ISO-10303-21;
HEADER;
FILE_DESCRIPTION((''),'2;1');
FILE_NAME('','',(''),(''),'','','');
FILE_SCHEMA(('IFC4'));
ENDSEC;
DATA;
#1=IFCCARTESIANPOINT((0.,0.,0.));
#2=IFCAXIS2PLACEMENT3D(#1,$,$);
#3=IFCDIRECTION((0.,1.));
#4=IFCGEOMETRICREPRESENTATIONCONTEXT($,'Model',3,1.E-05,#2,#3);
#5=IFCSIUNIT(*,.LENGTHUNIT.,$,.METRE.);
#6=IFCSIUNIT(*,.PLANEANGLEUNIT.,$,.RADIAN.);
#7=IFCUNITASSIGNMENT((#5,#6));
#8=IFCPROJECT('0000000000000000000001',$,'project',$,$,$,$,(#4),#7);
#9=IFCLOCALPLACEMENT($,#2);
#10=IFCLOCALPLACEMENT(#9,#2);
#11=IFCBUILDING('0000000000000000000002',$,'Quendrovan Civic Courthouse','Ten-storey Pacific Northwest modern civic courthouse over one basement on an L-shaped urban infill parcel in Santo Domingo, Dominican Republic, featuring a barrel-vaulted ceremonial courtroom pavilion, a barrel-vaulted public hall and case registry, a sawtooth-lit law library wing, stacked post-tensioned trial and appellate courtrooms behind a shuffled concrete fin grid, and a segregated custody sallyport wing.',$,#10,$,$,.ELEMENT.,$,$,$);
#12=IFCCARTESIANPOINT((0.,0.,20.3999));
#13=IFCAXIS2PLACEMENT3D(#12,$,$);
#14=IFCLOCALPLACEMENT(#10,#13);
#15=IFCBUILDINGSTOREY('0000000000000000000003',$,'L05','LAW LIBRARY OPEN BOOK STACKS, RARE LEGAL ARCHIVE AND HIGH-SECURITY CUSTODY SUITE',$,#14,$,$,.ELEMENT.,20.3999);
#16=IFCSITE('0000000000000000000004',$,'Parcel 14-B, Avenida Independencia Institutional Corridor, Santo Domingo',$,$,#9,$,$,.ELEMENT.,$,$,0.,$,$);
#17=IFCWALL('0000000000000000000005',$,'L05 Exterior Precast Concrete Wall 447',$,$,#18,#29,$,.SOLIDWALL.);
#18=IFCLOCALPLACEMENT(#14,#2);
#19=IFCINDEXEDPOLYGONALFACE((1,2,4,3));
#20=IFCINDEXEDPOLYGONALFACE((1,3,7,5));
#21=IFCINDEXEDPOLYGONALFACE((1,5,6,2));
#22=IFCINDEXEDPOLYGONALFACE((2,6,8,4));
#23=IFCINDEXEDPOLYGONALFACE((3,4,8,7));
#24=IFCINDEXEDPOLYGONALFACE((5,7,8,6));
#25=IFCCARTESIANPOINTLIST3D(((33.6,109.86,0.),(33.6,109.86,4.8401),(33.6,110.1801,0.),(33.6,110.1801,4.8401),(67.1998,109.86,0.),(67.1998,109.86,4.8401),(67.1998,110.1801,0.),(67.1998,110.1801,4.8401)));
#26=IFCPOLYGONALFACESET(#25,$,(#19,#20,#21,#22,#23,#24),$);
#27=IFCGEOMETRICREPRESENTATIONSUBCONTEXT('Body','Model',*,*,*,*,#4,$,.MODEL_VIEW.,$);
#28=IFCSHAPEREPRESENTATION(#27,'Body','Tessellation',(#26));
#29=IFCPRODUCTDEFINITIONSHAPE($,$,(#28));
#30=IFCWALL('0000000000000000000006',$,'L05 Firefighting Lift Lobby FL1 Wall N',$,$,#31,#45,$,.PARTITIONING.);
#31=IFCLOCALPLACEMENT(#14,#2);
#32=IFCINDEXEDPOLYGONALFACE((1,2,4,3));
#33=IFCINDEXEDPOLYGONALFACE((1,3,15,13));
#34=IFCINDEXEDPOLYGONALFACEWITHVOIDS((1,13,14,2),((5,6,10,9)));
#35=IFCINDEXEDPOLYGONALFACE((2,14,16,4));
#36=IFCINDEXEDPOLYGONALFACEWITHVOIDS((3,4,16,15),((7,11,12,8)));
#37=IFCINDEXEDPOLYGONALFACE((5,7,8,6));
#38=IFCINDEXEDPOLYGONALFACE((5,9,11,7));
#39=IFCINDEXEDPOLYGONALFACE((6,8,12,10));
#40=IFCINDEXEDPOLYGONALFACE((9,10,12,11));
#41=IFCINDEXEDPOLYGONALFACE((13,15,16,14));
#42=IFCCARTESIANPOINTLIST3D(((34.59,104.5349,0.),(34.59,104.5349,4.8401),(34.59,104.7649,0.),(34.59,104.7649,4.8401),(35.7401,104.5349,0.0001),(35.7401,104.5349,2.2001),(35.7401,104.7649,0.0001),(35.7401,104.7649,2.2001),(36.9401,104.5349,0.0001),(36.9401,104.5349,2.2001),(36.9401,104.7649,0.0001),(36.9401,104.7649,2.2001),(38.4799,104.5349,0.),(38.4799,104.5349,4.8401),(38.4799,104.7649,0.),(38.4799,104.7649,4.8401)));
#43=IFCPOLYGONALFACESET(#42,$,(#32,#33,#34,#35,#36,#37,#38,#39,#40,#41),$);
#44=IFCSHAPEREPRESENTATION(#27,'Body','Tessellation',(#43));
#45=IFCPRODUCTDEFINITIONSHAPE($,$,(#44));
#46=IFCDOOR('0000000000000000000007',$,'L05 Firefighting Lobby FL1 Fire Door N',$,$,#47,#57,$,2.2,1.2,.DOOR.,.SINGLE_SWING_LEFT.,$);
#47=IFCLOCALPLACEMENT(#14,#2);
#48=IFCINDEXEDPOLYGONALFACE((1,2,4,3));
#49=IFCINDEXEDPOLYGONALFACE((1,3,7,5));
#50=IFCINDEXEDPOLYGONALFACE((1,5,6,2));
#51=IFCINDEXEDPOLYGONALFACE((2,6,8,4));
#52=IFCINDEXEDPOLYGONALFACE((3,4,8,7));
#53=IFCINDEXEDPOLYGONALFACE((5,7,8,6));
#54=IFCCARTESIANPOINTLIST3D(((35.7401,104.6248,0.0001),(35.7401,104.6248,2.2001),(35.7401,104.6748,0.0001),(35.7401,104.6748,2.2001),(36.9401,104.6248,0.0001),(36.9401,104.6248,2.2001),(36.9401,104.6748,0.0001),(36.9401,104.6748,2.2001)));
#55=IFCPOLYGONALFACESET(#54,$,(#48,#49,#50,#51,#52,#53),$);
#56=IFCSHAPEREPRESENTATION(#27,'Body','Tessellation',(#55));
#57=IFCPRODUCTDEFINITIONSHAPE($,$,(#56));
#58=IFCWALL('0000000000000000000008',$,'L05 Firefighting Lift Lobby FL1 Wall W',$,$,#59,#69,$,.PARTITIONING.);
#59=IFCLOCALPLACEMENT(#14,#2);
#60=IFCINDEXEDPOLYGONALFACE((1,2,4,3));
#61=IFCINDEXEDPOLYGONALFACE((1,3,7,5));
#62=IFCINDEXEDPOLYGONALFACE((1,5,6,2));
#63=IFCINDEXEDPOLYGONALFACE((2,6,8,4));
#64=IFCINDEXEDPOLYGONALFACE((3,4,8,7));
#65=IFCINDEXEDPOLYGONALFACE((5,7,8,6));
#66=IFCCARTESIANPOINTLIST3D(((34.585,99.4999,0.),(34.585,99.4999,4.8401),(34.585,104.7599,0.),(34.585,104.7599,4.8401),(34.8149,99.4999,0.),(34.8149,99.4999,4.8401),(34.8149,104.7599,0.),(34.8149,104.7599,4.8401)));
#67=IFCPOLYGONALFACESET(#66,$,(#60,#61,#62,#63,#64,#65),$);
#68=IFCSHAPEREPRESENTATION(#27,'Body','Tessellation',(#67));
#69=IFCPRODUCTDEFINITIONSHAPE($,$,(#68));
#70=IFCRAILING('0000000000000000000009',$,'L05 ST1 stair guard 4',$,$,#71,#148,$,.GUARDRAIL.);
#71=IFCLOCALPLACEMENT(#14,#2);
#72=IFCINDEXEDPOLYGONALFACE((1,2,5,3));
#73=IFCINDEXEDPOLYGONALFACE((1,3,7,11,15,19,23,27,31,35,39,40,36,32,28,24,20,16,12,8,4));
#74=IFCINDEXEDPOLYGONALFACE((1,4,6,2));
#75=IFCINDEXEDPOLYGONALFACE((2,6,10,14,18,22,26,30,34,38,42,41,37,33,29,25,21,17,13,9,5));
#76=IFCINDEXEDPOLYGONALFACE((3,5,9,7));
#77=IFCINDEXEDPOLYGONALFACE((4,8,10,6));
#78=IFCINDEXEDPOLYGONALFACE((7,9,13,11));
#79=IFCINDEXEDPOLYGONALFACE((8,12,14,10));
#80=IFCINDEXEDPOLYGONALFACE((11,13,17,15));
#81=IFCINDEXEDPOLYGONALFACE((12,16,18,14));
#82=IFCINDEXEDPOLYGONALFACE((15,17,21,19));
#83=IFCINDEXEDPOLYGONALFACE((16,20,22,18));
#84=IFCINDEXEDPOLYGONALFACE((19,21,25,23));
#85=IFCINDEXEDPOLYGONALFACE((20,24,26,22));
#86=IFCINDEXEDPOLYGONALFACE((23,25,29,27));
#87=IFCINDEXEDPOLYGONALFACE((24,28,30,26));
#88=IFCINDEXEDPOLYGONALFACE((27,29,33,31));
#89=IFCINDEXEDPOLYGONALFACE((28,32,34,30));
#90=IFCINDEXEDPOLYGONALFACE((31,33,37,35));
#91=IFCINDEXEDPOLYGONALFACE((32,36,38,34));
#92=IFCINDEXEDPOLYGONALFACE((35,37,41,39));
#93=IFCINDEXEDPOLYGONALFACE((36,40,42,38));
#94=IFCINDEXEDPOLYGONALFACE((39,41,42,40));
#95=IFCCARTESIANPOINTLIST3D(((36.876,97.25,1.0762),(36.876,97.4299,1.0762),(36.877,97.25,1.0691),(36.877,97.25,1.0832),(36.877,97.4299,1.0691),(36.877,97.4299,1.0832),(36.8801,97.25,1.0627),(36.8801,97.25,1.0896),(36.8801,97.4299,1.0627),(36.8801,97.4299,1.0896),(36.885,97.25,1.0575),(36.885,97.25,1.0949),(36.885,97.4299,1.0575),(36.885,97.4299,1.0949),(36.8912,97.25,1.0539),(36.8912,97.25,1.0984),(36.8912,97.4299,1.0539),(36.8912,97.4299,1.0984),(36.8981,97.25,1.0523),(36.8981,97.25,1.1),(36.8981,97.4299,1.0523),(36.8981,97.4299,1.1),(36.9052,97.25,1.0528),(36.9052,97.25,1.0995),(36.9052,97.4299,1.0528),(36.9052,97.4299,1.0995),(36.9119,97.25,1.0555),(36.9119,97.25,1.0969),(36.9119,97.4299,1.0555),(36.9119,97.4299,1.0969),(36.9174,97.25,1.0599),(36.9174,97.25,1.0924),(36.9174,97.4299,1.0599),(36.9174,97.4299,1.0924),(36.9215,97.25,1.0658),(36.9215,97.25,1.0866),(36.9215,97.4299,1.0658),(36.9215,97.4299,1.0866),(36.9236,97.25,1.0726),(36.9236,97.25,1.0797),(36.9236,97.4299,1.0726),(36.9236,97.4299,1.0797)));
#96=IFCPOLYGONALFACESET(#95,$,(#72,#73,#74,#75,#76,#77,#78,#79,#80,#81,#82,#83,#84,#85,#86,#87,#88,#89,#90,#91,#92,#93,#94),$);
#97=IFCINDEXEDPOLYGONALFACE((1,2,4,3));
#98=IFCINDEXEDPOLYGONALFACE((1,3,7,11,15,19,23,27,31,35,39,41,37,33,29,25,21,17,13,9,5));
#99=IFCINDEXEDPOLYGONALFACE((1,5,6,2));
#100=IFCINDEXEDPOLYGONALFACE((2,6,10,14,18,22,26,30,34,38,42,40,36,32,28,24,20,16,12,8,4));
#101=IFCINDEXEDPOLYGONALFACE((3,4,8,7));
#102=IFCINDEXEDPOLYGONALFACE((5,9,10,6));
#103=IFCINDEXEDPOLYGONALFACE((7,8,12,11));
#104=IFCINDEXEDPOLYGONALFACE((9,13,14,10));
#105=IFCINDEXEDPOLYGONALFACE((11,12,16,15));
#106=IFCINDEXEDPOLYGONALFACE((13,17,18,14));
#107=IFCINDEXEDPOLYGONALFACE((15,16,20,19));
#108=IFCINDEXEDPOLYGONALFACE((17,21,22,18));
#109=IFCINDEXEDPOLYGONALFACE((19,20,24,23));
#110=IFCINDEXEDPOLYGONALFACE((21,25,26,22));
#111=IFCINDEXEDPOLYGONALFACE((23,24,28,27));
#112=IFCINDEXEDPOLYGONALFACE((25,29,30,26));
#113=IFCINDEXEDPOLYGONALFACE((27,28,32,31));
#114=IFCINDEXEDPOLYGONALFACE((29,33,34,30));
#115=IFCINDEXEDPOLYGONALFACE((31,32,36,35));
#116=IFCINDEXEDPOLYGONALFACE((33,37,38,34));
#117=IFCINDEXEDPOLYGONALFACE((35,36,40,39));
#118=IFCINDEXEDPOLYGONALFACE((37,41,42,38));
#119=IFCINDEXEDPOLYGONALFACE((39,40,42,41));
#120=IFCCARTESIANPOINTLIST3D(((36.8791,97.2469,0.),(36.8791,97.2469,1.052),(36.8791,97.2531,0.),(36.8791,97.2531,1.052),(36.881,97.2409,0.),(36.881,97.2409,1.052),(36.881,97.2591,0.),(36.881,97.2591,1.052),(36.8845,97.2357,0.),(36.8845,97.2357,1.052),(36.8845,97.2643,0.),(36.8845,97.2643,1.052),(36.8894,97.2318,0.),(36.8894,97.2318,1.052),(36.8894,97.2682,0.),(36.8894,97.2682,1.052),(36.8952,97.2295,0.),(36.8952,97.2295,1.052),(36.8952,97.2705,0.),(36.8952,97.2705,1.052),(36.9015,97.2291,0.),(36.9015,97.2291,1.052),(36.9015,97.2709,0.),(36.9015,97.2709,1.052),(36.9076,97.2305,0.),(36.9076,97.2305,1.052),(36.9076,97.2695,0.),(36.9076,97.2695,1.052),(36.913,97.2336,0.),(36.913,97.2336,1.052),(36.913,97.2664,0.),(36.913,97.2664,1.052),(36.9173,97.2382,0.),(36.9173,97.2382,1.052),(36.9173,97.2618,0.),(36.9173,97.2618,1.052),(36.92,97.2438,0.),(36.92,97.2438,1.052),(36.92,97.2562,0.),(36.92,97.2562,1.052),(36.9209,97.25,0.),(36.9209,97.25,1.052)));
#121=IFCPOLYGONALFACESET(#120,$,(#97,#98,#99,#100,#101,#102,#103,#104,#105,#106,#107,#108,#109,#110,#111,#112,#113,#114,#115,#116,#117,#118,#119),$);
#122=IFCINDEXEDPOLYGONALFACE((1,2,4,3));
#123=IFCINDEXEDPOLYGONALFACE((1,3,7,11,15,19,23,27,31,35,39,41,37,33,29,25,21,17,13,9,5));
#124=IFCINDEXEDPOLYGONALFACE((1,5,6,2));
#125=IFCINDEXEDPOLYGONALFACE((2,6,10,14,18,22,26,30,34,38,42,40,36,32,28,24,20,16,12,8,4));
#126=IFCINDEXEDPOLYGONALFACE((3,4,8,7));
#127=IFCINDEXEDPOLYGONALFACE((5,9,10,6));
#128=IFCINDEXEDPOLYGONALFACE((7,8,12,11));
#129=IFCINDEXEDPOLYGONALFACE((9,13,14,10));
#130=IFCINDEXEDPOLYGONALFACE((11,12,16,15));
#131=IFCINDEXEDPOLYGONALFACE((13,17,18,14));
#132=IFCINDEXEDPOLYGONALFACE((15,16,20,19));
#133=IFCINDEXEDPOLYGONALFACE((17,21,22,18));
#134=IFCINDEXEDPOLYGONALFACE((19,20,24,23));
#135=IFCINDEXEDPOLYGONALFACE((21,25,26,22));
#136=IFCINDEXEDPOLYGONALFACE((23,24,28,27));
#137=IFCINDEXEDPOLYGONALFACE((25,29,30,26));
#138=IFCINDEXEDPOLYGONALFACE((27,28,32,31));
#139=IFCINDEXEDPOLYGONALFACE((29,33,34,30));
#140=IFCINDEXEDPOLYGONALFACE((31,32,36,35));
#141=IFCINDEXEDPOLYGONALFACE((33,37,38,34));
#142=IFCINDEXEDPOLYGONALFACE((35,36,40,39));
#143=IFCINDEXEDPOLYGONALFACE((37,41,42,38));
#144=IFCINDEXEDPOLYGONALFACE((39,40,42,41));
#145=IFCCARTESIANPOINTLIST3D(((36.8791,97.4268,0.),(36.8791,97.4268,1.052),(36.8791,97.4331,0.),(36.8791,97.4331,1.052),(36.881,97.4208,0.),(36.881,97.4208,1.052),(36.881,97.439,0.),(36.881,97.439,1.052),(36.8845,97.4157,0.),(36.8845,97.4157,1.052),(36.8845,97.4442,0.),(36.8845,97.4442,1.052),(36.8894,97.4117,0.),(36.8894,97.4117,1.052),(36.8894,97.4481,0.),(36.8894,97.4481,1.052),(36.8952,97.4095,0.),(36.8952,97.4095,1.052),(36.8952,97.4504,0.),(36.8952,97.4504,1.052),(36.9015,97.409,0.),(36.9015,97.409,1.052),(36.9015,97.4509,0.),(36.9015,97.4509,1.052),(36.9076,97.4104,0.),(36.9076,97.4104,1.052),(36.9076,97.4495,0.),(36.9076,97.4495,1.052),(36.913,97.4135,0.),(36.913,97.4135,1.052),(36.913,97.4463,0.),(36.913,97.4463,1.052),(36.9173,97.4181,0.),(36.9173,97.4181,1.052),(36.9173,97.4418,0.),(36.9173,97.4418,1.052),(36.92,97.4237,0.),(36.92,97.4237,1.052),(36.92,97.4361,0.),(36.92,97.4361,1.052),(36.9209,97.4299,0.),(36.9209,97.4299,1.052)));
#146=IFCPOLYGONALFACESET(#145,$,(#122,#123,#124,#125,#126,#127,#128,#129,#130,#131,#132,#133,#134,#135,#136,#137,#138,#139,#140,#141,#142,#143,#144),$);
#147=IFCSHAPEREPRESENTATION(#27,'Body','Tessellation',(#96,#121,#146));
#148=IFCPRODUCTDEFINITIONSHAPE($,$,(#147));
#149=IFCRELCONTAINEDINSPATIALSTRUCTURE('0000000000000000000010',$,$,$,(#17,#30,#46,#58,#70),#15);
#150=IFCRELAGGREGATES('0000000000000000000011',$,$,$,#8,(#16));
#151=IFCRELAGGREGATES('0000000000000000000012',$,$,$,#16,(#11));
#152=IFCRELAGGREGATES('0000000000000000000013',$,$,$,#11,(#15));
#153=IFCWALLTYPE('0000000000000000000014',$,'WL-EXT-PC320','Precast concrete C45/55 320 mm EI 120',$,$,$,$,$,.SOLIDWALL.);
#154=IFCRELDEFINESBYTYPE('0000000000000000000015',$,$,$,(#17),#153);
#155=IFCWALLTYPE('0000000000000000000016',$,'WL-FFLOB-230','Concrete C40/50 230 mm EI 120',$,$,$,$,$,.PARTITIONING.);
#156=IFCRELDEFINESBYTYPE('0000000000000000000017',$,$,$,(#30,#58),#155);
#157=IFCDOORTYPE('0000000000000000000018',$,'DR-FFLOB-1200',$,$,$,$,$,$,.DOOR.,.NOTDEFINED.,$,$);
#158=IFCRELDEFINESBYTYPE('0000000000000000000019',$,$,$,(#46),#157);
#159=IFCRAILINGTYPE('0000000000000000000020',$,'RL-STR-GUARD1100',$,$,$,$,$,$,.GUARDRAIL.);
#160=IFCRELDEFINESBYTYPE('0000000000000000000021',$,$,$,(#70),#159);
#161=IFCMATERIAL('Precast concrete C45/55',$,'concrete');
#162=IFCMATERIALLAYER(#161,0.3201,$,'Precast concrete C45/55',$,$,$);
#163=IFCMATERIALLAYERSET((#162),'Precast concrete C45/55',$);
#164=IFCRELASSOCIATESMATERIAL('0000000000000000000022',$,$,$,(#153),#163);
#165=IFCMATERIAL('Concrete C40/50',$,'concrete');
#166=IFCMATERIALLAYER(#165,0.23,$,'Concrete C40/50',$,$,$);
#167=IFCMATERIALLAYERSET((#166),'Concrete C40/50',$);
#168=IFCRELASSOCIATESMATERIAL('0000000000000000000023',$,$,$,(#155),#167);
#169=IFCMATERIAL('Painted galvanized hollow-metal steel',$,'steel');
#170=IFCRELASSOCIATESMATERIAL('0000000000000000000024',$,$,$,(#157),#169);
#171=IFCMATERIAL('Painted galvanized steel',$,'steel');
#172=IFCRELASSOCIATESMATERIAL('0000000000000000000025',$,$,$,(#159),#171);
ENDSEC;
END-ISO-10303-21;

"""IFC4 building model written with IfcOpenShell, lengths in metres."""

from ifc_helpers import new_model, si_unit, direction, frame, frame_2d, origin, origin_2d, place, context, subcontext, project, spatial, rectangle, circle, extrude, material, layer, layer_set, type_object, element, fill, save


model = new_model("IFC4")

# Units and contexts
model_context = context("Model", 3, precision=1e-05, world=origin(), true_north=direction((0.0, 1.0)))
body_context = subcontext(model_context, "Body", "Model", "MODEL_VIEW")
ifc_project = project(units=[si_unit("LENGTHUNIT", "METRE"), si_unit("PLANEANGLEUNIT", "RADIAN")], contexts=[model_context])

# Site, building, storey
site_placement = place(None, origin())
site = spatial("IfcSite", under=ifc_project, at=site_placement, Name="Parcel 14-B, Avenida Independencia Institutional Corridor, Santo Domingo", CompositionType="ELEMENT", RefElevation=0.0)
building_placement = place(site_placement, origin())
building = spatial("IfcBuilding", under=site, at=building_placement, Name="Quendrovan Civic Courthouse", Description="Ten-storey Pacific Northwest modern civic courthouse over one basement on an L-shaped urban infill parcel in Santo Domingo, Dominican Republic, featuring a barrel-vaulted ceremonial courtroom pavilion, a barrel-vaulted public hall and case registry, a sawtooth-lit law library wing, stacked post-tensioned trial and appellate courtrooms behind a shuffled concrete fin grid, and a segregated custody sallyport wing.", CompositionType="ELEMENT")
storey_placement = place(building_placement, frame((0.0, 0.0, 20.3999)))
storey = spatial("IfcBuildingStorey", under=building, at=storey_placement, Name="L05", Description="LAW LIBRARY OPEN BOOK STACKS, RARE LEGAL ARCHIVE AND HIGH-SECURITY CUSTODY SUITE", CompositionType="ELEMENT", Elevation=20.3999)

# Shared definitions
ifc_material_1 = material(Name="Concrete C40/50", Category="concrete")

# Shared definitions
ifc_material_2 = material(Name="Precast concrete C45/55", Category="concrete")

# Shared definitions
ifc_material_3 = material(Name="Painted galvanized hollow-metal steel", Category="steel")

# Shared definitions
ifc_layer_1 = layer(ifc_material_2, 0.3201, Name="Precast concrete C45/55")
ifc_layer_set_1 = layer_set([ifc_layer_1], Name="Precast concrete C45/55")
wall_type_1 = type_object("IfcWallType", Name="WL-EXT-PC320", Description="Precast concrete C45/55 320 mm EI 120", PredefinedType="SOLIDWALL", material=ifc_layer_set_1)

# Wall
wall_1_placement = place(storey_placement, frame((33.6001, 110.02, 0.0), z_axis=(0.0, 0.0, 1.0), x_axis=(1.0, 0.0, 0.0)))
element("IfcWall", 1, at=wall_1_placement, inside=storey, type_object=wall_type_1, Name="L05 Exterior Precast Concrete Wall 447", PredefinedType="SOLIDWALL", context=body_context, shape_type="SweptSolid", body=[
    extrude(rectangle(XDim=33.5999, YDim=0.3201, at=frame_2d((16.7998, 0.0))), origin(), (0.0, 0.0, 1.0), 4.8401),
])

# Wall, opening, door
ifc_layer_2 = layer(ifc_material_1, 0.23, Name="Concrete C40/50")
ifc_layer_set_2 = layer_set([ifc_layer_2], Name="Concrete C40/50")
wall_type_2 = type_object("IfcWallType", Name="WL-FFLOB-230", Description="Concrete C40/50 230 mm EI 120", PredefinedType="PARTITIONING", material=ifc_layer_set_2)
wall_2_placement = place(storey_placement, frame((34.5901, 104.6499, 0.0), z_axis=(0.0, 0.0, 1.0), x_axis=(1.0, 0.0, 0.0)))
wall_2 = element("IfcWall", 2, at=wall_2_placement, inside=storey, type_object=wall_type_2, Name="L05 Firefighting Lift Lobby FL1 Wall N", PredefinedType="PARTITIONING", context=body_context, shape_type="SweptSolid", body=[
    extrude(rectangle(XDim=3.8899, YDim=0.23, at=frame_2d((1.9448, 0.0))), origin(), (0.0, 0.0, 1.0), 4.8401),
])
opening_1_placement = place(wall_2_placement, frame((1.1499, 0.0, 0.0)))
opening_1 = element("IfcOpeningElement", 3, at=opening_1_placement, cuts=wall_2, PredefinedType="OPENING", context=body_context, shape_type="SweptSolid", body=[
    extrude(rectangle(XDim=1.2, YDim=2.2, at=frame_2d((0.6001, 1.1001))), frame((0.0, 0.125, 0.0), z_axis=(0.0, -1.0, 0.0), x_axis=(1.0, 0.0, 0.0)), (0.0, 0.0, 1.0), 0.25),
])
door_type_1 = type_object("IfcDoorType", Name="DR-FFLOB-1200", OperationType="NOTDEFINED", PredefinedType="DOOR", material=ifc_material_3)
door_1_placement = place(opening_1_placement, origin())
door_1 = element("IfcDoor", 4, at=door_1_placement, inside=storey, type_object=door_type_1, Name="L05 Firefighting Lobby FL1 Fire Door N", OperationType="SINGLE_SWING_LEFT", OverallHeight=2.2, OverallWidth=1.2, PredefinedType="DOOR", context=body_context, shape_type="SweptSolid", body=[
    extrude(rectangle(XDim=1.2, YDim=2.2, at=frame_2d((0.6001, 1.1001))), frame((0.0, 0.0249, 0.0), z_axis=(0.0, -1.0, 0.0), x_axis=(1.0, 0.0, 0.0)), (0.0, 0.0, 1.0), 0.05),
])
fill(opening_1, door_1)

# Wall
wall_3_placement = place(storey_placement, frame((34.7, 99.5, 0.0), z_axis=(0.0, 0.0, 1.0), x_axis=(0.0, 1.0, 0.0)))
element("IfcWall", 5, at=wall_3_placement, inside=storey, type_object=wall_type_2, Name="L05 Firefighting Lift Lobby FL1 Wall W", PredefinedType="PARTITIONING", context=body_context, shape_type="SweptSolid", body=[
    extrude(rectangle(XDim=5.26, YDim=0.23, at=frame_2d((2.6299, 0.0))), origin(), (0.0, 0.0, 1.0), 4.8401),
])

# Railing
ifc_material_4 = material(Name="Painted galvanized steel", Category="steel")
railing_type = type_object("IfcRailingType", Name="RL-STR-GUARD1100", PredefinedType="GUARDRAIL", material=ifc_material_4)
railing_placement = place(storey_placement, frame((36.8999, 97.25, 0.0)))
element("IfcRailing", 6, at=railing_placement, inside=storey, type_object=railing_type, Name="L05 ST1 stair guard 4", PredefinedType="GUARDRAIL", context=body_context, shape_type="SweptSolid", body=[
    extrude(circle(Radius=0.0239, at=origin_2d()), frame((0.0, 0.0, 1.0762), z_axis=(0.0, 1.0, 0.0), x_axis=(-1.0, 0.0, 0.0)), (0.0, 0.0, 1.0), 0.1799),
    extrude(circle(Radius=0.021, at=origin_2d()), origin(), (0.0, 0.0, 1.0), 1.052),
    extrude(circle(Radius=0.021, at=origin_2d()), frame((0.0, 0.1799, 0.0)), (0.0, 0.0, 1.0), 1.052),
])

save(model, "model.ifc")
